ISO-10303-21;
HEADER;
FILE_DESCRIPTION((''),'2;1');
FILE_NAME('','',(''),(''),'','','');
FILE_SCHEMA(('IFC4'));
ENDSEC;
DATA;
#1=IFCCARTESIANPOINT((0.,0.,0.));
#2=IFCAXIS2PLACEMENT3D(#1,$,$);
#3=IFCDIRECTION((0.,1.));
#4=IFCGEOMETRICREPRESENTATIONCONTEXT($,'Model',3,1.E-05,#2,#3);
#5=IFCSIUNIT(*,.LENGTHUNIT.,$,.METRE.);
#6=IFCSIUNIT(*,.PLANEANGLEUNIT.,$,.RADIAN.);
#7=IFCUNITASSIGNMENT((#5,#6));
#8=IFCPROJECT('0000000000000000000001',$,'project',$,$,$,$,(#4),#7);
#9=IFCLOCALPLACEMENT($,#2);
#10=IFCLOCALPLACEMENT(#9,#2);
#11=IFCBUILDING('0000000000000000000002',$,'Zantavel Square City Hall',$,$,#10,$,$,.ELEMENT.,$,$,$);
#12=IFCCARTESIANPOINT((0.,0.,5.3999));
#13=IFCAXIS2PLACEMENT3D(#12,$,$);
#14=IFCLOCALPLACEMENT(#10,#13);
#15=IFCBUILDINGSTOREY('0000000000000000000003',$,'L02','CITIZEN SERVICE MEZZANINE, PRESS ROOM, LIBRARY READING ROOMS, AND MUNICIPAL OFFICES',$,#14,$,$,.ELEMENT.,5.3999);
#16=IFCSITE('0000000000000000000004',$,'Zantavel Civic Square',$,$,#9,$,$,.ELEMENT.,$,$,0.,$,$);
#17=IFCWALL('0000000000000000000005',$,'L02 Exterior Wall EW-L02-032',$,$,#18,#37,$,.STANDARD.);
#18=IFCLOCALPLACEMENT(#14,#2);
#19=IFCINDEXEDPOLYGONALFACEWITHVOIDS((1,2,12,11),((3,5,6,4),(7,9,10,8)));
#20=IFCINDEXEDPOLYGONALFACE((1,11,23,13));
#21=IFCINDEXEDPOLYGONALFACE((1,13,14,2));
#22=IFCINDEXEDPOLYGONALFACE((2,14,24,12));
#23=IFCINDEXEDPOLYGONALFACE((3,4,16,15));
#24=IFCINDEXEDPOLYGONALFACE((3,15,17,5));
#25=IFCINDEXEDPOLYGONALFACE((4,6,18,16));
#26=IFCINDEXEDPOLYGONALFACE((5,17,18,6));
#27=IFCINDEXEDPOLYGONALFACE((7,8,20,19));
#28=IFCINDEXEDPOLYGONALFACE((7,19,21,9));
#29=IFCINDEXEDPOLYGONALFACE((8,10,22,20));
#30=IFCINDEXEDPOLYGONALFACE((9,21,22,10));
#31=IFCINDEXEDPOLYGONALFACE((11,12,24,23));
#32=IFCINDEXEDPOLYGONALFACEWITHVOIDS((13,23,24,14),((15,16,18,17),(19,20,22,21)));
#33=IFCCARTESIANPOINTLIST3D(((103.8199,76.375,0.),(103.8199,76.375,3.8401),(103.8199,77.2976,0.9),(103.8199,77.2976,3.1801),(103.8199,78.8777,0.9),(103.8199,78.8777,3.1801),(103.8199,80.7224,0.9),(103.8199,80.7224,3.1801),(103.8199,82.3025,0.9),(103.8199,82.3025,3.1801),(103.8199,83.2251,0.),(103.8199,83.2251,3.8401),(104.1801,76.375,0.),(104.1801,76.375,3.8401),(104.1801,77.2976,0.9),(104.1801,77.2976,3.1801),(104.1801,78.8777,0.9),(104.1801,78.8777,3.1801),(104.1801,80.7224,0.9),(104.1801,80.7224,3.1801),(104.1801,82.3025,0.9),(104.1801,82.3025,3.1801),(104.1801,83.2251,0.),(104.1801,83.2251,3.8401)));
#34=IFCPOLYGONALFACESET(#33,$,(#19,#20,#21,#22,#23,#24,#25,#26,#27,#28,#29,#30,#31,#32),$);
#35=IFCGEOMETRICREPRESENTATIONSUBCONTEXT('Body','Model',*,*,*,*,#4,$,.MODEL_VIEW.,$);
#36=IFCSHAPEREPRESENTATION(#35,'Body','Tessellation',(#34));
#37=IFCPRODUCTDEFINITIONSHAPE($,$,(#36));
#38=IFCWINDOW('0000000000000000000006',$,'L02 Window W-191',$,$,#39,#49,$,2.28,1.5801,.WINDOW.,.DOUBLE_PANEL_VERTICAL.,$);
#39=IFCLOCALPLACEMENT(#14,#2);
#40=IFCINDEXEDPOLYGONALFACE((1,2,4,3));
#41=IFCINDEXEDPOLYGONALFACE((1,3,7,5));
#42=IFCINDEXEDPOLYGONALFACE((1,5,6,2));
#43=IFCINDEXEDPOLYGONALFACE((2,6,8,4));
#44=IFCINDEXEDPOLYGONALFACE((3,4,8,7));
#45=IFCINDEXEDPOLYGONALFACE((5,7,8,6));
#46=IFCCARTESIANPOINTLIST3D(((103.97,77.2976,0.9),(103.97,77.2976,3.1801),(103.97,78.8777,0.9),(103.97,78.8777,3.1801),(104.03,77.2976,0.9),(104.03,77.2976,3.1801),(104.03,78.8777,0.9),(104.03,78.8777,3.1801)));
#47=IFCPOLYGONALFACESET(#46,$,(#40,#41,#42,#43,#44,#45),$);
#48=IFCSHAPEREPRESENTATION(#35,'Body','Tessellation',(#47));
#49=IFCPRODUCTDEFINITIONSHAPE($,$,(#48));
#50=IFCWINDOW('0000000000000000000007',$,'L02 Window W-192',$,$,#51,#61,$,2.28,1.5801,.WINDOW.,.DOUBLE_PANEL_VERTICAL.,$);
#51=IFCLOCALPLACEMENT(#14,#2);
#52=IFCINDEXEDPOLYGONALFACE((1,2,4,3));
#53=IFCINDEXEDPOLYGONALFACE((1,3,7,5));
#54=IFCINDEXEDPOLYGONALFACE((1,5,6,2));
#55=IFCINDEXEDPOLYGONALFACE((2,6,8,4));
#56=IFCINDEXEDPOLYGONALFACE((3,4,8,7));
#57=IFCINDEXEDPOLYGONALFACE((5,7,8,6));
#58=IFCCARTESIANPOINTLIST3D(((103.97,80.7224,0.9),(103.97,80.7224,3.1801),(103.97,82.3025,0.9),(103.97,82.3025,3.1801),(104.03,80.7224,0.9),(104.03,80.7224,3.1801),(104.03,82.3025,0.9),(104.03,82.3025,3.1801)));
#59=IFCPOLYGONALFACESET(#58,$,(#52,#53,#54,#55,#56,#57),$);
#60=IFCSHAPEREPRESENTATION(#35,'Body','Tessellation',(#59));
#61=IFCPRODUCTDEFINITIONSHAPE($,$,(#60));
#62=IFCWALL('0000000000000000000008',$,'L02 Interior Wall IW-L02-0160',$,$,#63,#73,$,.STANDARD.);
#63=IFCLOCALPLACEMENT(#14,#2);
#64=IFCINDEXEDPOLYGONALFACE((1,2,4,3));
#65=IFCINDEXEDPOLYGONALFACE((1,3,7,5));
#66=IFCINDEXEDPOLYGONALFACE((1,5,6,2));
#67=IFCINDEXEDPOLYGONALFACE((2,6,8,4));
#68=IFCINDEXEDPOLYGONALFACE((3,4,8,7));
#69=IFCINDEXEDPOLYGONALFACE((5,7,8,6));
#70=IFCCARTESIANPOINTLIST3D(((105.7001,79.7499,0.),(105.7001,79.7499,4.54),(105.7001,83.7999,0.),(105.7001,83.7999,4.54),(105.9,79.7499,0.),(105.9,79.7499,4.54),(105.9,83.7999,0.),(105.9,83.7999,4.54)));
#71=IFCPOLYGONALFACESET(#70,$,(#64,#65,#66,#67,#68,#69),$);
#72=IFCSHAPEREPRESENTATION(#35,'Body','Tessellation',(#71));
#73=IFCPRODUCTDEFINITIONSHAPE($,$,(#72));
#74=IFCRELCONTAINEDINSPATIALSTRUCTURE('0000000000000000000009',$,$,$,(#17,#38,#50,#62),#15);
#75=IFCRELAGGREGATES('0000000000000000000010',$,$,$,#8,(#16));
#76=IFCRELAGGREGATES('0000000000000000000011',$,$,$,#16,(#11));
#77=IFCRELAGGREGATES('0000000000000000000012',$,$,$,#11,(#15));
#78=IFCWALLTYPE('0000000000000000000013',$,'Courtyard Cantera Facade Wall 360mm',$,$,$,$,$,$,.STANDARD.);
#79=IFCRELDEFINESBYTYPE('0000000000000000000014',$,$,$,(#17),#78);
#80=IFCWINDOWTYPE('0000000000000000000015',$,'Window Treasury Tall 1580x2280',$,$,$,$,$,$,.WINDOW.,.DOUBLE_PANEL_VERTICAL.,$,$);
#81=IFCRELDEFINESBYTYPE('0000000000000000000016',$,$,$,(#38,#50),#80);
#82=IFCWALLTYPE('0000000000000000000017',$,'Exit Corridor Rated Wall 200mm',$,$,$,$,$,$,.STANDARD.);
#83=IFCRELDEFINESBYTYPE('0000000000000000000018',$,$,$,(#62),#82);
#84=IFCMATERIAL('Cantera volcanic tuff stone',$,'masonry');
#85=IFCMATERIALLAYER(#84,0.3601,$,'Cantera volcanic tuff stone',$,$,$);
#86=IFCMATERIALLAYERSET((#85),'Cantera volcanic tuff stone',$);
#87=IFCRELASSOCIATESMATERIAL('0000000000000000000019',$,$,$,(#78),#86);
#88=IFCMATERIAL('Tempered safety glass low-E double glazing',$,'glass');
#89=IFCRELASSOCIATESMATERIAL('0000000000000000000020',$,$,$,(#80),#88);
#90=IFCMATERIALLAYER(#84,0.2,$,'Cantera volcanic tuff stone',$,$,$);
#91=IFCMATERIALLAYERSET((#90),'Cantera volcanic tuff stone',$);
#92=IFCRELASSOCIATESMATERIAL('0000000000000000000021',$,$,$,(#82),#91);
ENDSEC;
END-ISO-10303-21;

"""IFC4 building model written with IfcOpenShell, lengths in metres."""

from ifc_helpers import new_model, si_unit, direction, frame, frame_2d, origin, place, context, subcontext, project, spatial, rectangle, extrude, material, layer, layer_set, type_object, element, fill, save


model = new_model("IFC4")

# Units and contexts
model_context = context("Model", 3, precision=1e-05, world=origin(), true_north=direction((0.0, 1.0)))
body_context = subcontext(model_context, "Body", "Model", "MODEL_VIEW")
ifc_project = project(units=[si_unit("LENGTHUNIT", "METRE"), si_unit("PLANEANGLEUNIT", "RADIAN")], contexts=[model_context])

# Site, building, storey
site_placement = place(None, origin())
site = spatial("IfcSite", under=ifc_project, at=site_placement, Name="Zantavel Civic Square", CompositionType="ELEMENT", RefElevation=0.0)
building_placement = place(site_placement, origin())
building = spatial("IfcBuilding", under=site, at=building_placement, Name="Zantavel Square City Hall", CompositionType="ELEMENT")
storey_placement = place(building_placement, frame((0.0, 0.0, 5.3999)))
storey = spatial("IfcBuildingStorey", under=building, at=storey_placement, Name="L02", Description="CITIZEN SERVICE MEZZANINE, PRESS ROOM, LIBRARY READING ROOMS, AND MUNICIPAL OFFICES", CompositionType="ELEMENT", Elevation=5.3999)

# Shared definitions
ifc_material_1 = material(Name="Tempered safety glass low-E double glazing", Category="glass")

# Wall, openings, windows
ifc_material_2 = material(Name="Cantera volcanic tuff stone", Category="masonry")
ifc_layer_1 = layer(ifc_material_2, 0.3601, Name="Cantera volcanic tuff stone")
ifc_layer_set_1 = layer_set([ifc_layer_1], Name="Cantera volcanic tuff stone")
wall_type_1 = type_object("IfcWallType", Name="Courtyard Cantera Facade Wall 360mm", PredefinedType="STANDARD", material=ifc_layer_set_1)
window_type = type_object("IfcWindowType", Name="Window Treasury Tall 1580x2280", PartitioningType="DOUBLE_PANEL_VERTICAL", PredefinedType="WINDOW", material=ifc_material_1)
wall_1_placement = place(storey_placement, frame((104.0, 76.375, 0.0), z_axis=(0.0, 0.0, 1.0), x_axis=(0.0, 1.0, 0.0)))
wall_1 = element("IfcWall", 1, at=wall_1_placement, inside=storey, type_object=wall_type_1, Name="L02 Exterior Wall EW-L02-032", PredefinedType="STANDARD", context=body_context, shape_type="SweptSolid", body=[
    extrude(rectangle(XDim=6.8501, YDim=0.3601, at=frame_2d((3.425, 0.0))), origin(), (0.0, 0.0, 1.0), 3.8401),
])
opening_1_placement = place(wall_1_placement, frame((0.9226, 0.0, 0.8999)))
opening_1 = element("IfcOpeningElement", 2, at=opening_1_placement, cuts=wall_1, PredefinedType="OPENING", context=body_context, shape_type="SweptSolid", body=[
    extrude(rectangle(XDim=1.5801, YDim=2.28, at=frame_2d((0.79, 1.1401))), frame((0.0, 0.1899, 0.0), z_axis=(0.0, -1.0, 0.0), x_axis=(1.0, 0.0, 0.0)), (0.0, 0.0, 1.0), 0.3801),
])
opening_2_placement = place(wall_1_placement, frame((4.3474, 0.0, 0.8999)))
opening_2 = element("IfcOpeningElement", 3, at=opening_2_placement, cuts=wall_1, PredefinedType="OPENING", context=body_context, shape_type="SweptSolid", body=[
    extrude(rectangle(XDim=1.5801, YDim=2.28, at=frame_2d((0.79, 1.1401))), frame((0.0, 0.1899, 0.0), z_axis=(0.0, -1.0, 0.0), x_axis=(1.0, 0.0, 0.0)), (0.0, 0.0, 1.0), 0.3801),
])
window_1_placement = place(opening_1_placement, origin())
window_1 = element("IfcWindow", 4, at=window_1_placement, inside=storey, type_object=window_type, Name="L02 Window W-191", OverallHeight=2.28, OverallWidth=1.5801, PartitioningType="DOUBLE_PANEL_VERTICAL", PredefinedType="WINDOW", context=body_context, shape_type="SweptSolid", body=[
    extrude(rectangle(XDim=1.5801, YDim=2.28, at=frame_2d((0.79, 1.1401))), frame((0.0, 0.03, 0.0), z_axis=(0.0, -1.0, 0.0), x_axis=(1.0, 0.0, 0.0)), (0.0, 0.0, 1.0), 0.0601),
])
fill(opening_1, window_1)
window_2_placement = place(opening_2_placement, origin())
window_2 = element("IfcWindow", 5, at=window_2_placement, inside=storey, type_object=window_type, Name="L02 Window W-192", OverallHeight=2.28, OverallWidth=1.5801, PartitioningType="DOUBLE_PANEL_VERTICAL", PredefinedType="WINDOW", context=body_context, shape_type="SweptSolid", body=[
    extrude(rectangle(XDim=1.5801, YDim=2.28, at=frame_2d((0.79, 1.1401))), frame((0.0, 0.03, 0.0), z_axis=(0.0, -1.0, 0.0), x_axis=(1.0, 0.0, 0.0)), (0.0, 0.0, 1.0), 0.0601),
])
fill(opening_2, window_2)

# Wall
ifc_layer_2 = layer(ifc_material_2, 0.2, Name="Cantera volcanic tuff stone")
ifc_layer_set_2 = layer_set([ifc_layer_2], Name="Cantera volcanic tuff stone")
wall_type_2 = type_object("IfcWallType", Name="Exit Corridor Rated Wall 200mm", PredefinedType="STANDARD", material=ifc_layer_set_2)
wall_2_placement = place(storey_placement, frame((105.8, 79.75, 0.0), z_axis=(0.0, 0.0, 1.0), x_axis=(0.0, 1.0, 0.0)))
element("IfcWall", 6, at=wall_2_placement, inside=storey, type_object=wall_type_2, Name="L02 Interior Wall IW-L02-0160", PredefinedType="STANDARD", context=body_context, shape_type="SweptSolid", body=[
    extrude(rectangle(XDim=4.05, YDim=0.2, at=frame_2d((2.0249, 0.0))), origin(), (0.0, 0.0, 1.0), 4.54),
])

save(model, "model.ifc")
